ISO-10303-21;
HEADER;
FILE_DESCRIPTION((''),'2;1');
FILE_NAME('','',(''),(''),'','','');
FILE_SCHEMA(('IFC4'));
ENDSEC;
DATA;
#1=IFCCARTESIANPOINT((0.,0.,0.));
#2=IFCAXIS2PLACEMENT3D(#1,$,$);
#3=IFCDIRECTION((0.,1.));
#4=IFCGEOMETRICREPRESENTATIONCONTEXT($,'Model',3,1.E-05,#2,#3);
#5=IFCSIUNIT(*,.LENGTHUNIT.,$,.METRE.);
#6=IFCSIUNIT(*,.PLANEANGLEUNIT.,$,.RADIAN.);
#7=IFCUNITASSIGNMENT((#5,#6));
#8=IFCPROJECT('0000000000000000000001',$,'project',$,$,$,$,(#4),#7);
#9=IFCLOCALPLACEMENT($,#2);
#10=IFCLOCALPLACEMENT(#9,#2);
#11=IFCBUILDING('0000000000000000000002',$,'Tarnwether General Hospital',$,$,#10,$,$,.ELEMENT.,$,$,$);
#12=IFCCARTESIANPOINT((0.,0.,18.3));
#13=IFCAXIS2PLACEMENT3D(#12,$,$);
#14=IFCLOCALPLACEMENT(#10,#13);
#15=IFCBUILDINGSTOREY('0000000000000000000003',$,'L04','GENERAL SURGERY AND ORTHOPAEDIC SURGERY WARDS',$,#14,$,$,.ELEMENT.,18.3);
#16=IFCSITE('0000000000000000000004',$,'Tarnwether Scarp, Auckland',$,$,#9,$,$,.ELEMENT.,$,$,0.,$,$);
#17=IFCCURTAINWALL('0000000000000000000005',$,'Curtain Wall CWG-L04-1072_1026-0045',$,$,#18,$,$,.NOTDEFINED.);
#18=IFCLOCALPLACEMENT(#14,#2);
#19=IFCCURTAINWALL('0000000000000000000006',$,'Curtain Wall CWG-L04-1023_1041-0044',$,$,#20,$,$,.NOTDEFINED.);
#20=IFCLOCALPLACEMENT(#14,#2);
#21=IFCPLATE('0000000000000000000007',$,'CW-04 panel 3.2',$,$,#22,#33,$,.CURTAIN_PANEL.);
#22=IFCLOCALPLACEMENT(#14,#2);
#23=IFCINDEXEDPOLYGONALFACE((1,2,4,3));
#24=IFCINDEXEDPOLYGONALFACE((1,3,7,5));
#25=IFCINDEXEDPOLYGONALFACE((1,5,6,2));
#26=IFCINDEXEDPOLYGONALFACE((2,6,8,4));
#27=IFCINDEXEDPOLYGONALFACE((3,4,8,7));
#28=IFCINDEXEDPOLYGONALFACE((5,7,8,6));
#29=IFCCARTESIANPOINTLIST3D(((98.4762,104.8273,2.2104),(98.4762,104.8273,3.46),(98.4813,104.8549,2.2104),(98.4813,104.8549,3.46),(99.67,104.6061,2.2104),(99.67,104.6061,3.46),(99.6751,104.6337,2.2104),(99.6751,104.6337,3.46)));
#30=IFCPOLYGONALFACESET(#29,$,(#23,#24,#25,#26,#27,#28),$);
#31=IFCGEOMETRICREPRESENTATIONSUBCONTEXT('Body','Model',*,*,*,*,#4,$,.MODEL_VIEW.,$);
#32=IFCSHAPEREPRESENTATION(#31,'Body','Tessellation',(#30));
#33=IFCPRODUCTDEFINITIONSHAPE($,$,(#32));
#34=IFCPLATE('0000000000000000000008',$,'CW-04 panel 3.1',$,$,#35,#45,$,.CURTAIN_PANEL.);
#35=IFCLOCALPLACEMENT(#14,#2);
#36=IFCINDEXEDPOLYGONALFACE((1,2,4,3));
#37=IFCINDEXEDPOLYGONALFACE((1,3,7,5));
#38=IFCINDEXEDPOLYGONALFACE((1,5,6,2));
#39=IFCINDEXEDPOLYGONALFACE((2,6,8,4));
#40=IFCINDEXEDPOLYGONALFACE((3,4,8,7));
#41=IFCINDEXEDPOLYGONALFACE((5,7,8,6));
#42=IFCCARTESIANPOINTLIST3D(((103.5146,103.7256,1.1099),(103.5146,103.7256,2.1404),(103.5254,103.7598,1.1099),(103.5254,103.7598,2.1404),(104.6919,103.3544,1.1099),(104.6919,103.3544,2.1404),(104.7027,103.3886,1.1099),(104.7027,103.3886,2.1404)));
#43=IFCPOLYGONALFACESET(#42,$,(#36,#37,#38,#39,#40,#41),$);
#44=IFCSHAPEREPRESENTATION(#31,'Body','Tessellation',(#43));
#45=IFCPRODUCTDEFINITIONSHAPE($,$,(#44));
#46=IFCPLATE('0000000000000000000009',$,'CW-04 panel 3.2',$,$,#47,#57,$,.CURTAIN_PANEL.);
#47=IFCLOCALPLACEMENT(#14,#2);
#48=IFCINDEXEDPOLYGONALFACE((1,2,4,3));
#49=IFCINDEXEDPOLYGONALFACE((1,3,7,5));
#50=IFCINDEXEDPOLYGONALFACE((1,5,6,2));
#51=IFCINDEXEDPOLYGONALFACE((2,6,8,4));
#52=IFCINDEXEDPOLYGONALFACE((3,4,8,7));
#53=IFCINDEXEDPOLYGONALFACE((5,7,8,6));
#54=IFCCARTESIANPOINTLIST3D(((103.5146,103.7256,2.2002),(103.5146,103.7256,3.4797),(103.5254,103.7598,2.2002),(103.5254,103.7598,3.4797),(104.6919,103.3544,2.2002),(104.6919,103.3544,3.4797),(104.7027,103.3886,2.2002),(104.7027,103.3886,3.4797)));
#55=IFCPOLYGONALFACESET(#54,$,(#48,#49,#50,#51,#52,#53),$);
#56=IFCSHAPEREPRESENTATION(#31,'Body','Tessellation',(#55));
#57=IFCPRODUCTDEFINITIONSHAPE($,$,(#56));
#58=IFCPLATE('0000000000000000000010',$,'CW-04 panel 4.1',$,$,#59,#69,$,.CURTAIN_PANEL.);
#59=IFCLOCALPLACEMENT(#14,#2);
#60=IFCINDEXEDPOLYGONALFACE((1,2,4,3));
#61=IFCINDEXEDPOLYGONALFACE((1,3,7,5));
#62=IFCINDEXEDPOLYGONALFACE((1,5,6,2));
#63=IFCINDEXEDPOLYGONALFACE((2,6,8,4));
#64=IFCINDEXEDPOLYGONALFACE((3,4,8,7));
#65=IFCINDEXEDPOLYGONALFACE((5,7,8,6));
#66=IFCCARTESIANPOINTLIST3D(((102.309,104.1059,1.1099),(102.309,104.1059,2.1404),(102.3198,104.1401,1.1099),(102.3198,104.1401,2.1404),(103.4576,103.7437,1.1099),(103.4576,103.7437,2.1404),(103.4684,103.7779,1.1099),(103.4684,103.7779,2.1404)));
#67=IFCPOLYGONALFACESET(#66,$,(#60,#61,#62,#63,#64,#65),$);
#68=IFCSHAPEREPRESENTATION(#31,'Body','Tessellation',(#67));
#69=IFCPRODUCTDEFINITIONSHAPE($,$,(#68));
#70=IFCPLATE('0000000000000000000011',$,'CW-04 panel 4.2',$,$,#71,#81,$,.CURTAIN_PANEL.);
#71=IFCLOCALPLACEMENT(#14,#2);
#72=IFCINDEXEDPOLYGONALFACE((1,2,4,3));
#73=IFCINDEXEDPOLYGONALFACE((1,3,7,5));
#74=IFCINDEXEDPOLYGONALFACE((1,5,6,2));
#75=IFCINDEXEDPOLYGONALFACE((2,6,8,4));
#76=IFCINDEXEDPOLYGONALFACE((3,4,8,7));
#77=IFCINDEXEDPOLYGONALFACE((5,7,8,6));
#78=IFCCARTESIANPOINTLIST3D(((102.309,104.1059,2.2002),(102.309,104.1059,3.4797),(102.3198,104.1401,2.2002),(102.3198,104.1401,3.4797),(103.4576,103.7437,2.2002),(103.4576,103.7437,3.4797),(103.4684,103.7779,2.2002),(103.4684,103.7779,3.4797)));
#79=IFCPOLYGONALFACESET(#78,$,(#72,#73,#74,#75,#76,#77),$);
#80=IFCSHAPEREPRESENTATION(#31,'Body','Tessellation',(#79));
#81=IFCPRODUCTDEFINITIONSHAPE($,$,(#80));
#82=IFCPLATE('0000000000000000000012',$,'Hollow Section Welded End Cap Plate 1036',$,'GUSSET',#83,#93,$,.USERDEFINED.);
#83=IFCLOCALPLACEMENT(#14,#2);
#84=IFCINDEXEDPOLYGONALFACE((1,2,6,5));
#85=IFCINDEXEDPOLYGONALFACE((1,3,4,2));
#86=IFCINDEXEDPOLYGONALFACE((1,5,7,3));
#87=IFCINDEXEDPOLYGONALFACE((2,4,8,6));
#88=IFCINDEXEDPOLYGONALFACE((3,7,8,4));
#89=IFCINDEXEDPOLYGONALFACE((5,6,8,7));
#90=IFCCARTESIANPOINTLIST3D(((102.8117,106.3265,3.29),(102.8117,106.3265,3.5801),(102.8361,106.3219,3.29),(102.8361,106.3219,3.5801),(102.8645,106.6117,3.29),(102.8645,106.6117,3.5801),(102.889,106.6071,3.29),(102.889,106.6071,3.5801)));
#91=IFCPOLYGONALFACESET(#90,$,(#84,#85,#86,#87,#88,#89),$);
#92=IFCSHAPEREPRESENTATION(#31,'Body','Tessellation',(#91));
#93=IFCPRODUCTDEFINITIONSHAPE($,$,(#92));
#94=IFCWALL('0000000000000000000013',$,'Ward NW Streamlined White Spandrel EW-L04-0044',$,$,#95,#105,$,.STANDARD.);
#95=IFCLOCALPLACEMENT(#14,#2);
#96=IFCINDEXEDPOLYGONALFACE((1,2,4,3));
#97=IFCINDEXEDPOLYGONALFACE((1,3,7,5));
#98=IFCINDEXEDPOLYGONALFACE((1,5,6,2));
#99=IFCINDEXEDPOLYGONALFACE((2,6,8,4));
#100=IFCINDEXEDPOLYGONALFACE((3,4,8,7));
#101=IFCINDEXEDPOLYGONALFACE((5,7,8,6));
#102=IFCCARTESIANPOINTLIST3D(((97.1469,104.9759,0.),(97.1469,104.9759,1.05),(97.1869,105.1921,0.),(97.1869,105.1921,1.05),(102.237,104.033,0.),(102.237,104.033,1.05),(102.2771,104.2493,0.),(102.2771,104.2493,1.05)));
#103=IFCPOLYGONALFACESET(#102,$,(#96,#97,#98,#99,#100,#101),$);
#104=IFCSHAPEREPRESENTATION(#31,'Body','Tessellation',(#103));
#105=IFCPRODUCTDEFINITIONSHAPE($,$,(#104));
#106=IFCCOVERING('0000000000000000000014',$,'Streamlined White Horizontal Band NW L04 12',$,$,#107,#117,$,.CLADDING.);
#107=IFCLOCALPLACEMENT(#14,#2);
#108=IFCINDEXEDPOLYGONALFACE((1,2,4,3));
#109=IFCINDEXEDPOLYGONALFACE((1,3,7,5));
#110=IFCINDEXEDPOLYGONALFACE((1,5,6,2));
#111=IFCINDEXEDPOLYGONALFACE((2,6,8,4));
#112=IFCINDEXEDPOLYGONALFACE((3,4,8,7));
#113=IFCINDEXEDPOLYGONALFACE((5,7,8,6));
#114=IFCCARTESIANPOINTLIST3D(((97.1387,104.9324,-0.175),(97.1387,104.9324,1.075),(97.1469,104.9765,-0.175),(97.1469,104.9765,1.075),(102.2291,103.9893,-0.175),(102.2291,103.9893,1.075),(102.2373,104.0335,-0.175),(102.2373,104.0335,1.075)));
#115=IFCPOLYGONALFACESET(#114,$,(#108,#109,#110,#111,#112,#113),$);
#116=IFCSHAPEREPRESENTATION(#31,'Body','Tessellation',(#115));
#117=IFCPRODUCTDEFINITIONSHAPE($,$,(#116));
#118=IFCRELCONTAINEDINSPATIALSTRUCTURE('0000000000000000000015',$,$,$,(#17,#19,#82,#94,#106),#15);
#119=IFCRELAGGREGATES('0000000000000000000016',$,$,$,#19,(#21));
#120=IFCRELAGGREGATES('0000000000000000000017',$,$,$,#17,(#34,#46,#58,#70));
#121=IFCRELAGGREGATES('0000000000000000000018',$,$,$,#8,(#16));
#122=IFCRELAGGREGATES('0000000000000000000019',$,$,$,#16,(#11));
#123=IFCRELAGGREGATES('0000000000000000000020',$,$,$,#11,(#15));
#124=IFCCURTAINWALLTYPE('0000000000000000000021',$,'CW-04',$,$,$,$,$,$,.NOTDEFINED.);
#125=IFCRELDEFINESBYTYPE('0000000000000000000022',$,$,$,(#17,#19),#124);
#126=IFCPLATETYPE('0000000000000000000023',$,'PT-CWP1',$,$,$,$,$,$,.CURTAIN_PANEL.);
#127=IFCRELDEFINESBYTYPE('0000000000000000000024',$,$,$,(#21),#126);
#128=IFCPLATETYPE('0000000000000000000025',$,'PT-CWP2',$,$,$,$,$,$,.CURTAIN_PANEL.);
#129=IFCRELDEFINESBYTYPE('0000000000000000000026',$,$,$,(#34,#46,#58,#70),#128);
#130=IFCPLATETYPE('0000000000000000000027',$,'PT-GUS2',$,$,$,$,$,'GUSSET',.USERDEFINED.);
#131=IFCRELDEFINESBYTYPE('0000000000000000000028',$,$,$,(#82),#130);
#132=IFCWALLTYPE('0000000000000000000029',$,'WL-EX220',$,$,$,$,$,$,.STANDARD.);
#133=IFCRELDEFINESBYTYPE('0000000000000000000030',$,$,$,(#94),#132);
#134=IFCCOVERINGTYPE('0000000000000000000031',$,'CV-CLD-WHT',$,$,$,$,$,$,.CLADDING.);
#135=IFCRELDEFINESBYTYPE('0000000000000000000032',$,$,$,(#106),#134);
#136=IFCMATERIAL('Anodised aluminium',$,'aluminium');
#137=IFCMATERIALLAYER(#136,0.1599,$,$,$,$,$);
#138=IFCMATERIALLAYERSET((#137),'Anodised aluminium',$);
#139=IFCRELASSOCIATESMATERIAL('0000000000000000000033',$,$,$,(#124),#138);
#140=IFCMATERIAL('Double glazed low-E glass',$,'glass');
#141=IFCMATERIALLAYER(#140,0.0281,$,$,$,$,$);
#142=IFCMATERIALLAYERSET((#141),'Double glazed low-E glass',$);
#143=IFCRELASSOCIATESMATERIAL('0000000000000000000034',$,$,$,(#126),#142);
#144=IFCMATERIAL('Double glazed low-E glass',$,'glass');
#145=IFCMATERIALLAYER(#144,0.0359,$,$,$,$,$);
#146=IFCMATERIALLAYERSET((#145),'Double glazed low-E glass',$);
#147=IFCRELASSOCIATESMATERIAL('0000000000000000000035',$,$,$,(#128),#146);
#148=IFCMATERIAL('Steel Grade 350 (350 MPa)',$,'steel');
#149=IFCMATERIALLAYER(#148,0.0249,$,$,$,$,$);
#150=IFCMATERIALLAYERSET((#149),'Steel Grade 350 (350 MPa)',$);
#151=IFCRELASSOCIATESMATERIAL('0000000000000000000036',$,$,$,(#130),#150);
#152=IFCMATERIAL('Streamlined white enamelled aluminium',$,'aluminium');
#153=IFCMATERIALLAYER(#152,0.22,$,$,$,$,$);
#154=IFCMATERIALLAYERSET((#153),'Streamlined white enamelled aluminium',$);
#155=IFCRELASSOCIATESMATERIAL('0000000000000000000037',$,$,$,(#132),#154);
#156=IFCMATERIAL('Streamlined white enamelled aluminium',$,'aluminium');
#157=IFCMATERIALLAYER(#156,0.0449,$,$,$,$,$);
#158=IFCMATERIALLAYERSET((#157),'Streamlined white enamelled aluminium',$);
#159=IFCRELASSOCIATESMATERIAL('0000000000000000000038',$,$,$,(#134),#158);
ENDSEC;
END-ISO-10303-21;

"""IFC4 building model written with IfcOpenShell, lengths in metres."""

from ifc_helpers import new_model, si_unit, direction, frame, frame_2d, origin, origin_2d, place, context, subcontext, project, spatial, rectangle, extrude, material, layer, layer_set, type_object, element, aggregate, save


model = new_model("IFC4")

# Units and contexts
model_context = context("Model", 3, precision=1e-05, world=origin(), true_north=direction((0.0, 1.0)))
body_context = subcontext(model_context, "Body", "Model", "MODEL_VIEW")
ifc_project = project(units=[si_unit("LENGTHUNIT", "METRE"), si_unit("PLANEANGLEUNIT", "RADIAN")], contexts=[model_context])

# Site, building, storey
site_placement = place(None, origin())
site = spatial("IfcSite", under=ifc_project, at=site_placement, Name="Tarnwether Scarp, Auckland", CompositionType="ELEMENT", RefElevation=0.0)
building_placement = place(site_placement, origin())
building = spatial("IfcBuilding", under=site, at=building_placement, Name="Tarnwether General Hospital", CompositionType="ELEMENT")
storey_placement = place(building_placement, frame((0.0, 0.0, 18.3)))
storey = spatial("IfcBuildingStorey", under=building, at=storey_placement, Name="L04", Description="GENERAL SURGERY AND ORTHOPAEDIC SURGERY WARDS", CompositionType="ELEMENT", Elevation=18.3)

# Curtain walls
ifc_material_1 = material(Name="Anodised aluminium", Category="aluminium")
ifc_layer_1 = layer(ifc_material_1, 0.1599)
ifc_layer_set_1 = layer_set([ifc_layer_1], Name="Anodised aluminium")
curtain_wall_type = type_object("IfcCurtainWallType", Name="CW-04", PredefinedType="NOTDEFINED", material=ifc_layer_set_1)
curtain_wall_1_placement = place(storey_placement, origin())
curtain_wall_1 = element("IfcCurtainWall", 1, at=curtain_wall_1_placement, inside=storey, type_object=curtain_wall_type, Name="Curtain Wall CWG-L04-1072_1026-0045", PredefinedType="NOTDEFINED")
curtain_wall_2_placement = place(storey_placement, origin())
curtain_wall_2 = element("IfcCurtainWall", 2, at=curtain_wall_2_placement, inside=storey, type_object=curtain_wall_type, Name="Curtain Wall CWG-L04-1023_1041-0044", PredefinedType="NOTDEFINED")

# Plates
ifc_material_2 = material(Name="Double glazed low-E glass", Category="glass")
ifc_layer_2 = layer(ifc_material_2, 0.0281)
ifc_layer_set_2 = layer_set([ifc_layer_2], Name="Double glazed low-E glass")
plate_type_1 = type_object("IfcPlateType", Name="PT-CWP1", PredefinedType="CURTAIN_PANEL", material=ifc_layer_set_2)
plate_1_placement = place(storey_placement, frame((99.0757, 104.7305, 2.2104), z_axis=(0.0, 0.0, 1.0), x_axis=(-0.983268, 0.182165, 0.0)))
plate_1 = element("IfcPlate", 3, at=plate_1_placement, type_object=plate_type_1, Name="CW-04 panel 3.2", PredefinedType="CURTAIN_PANEL", context=body_context, shape_type="SweptSolid", body=[
    extrude(rectangle(XDim=1.2141, YDim=0.0281, at=origin_2d()), origin(), (0.0, 0.0, 1.0), 1.2495),
])
aggregate(curtain_wall_2, [plate_1])
ifc_material_3 = material(Name="Double glazed low-E glass", Category="glass")
ifc_layer_3 = layer(ifc_material_3, 0.0359)
ifc_layer_set_3 = layer_set([ifc_layer_3], Name="Double glazed low-E glass")
plate_type_2 = type_object("IfcPlateType", Name="PT-CWP2", PredefinedType="CURTAIN_PANEL", material=ifc_layer_set_3)
plate_2_placement = place(storey_placement, frame((104.1086, 103.5571, 1.1099), z_axis=(0.0, 0.0, 1.0), x_axis=(-0.953714, 0.300715, 0.0)))
plate_2 = element("IfcPlate", 4, at=plate_2_placement, type_object=plate_type_2, Name="CW-04 panel 3.1", PredefinedType="CURTAIN_PANEL", context=body_context, shape_type="SweptSolid", body=[
    extrude(rectangle(XDim=1.2344, YDim=0.0359, at=origin_2d()), origin(), (0.0, 0.0, 1.0), 1.0305),
])
plate_3_placement = place(storey_placement, frame((104.1086, 103.5571, 2.2002), z_axis=(0.0, 0.0, 1.0), x_axis=(-0.953714, 0.300715, 0.0)))
plate_3 = element("IfcPlate", 5, at=plate_3_placement, type_object=plate_type_2, Name="CW-04 panel 3.2", PredefinedType="CURTAIN_PANEL", context=body_context, shape_type="SweptSolid", body=[
    extrude(rectangle(XDim=1.2344, YDim=0.0359, at=origin_2d()), origin(), (0.0, 0.0, 1.0), 1.2795),
])
plate_4_placement = place(storey_placement, frame((102.8887, 103.9419, 1.1099), z_axis=(0.0, 0.0, 1.0), x_axis=(-0.953714, 0.300715, 0.0)))
plate_4 = element("IfcPlate", 6, at=plate_4_placement, type_object=plate_type_2, Name="CW-04 panel 4.1", PredefinedType="CURTAIN_PANEL", context=body_context, shape_type="SweptSolid", body=[
    extrude(rectangle(XDim=1.2043, YDim=0.0359, at=origin_2d()), origin(), (0.0, 0.0, 1.0), 1.0305),
])
plate_5_placement = place(storey_placement, frame((102.8887, 103.9419, 2.2002), z_axis=(0.0, 0.0, 1.0), x_axis=(-0.953714, 0.300715, 0.0)))
plate_5 = element("IfcPlate", 7, at=plate_5_placement, type_object=plate_type_2, Name="CW-04 panel 4.2", PredefinedType="CURTAIN_PANEL", context=body_context, shape_type="SweptSolid", body=[
    extrude(rectangle(XDim=1.2043, YDim=0.0359, at=origin_2d()), origin(), (0.0, 0.0, 1.0), 1.2795),
])
aggregate(curtain_wall_1, [plate_2, plate_3, plate_4, plate_5])
ifc_material_4 = material(Name="Steel Grade 350 (350 MPa)", Category="steel")
ifc_layer_4 = layer(ifc_material_4, 0.0249)
ifc_layer_set_4 = layer_set([ifc_layer_4], Name="Steel Grade 350 (350 MPa)")
plate_type_3 = type_object("IfcPlateType", Name="PT-GUS2", ElementType="GUSSET", PredefinedType="USERDEFINED", material=ifc_layer_set_4)
plate_6_placement = place(storey_placement, frame((102.8503, 106.4668, 3.29), z_axis=(0.0, 0.0, 1.0), x_axis=(0.983245, -0.182287, 0.0)))
element("IfcPlate", 8, at=plate_6_placement, inside=storey, type_object=plate_type_3, Name="Hollow Section Welded End Cap Plate 1036", ObjectType="GUSSET", PredefinedType="USERDEFINED", context=body_context, shape_type="SweptSolid", body=[
    extrude(rectangle(XDim=0.0249, YDim=0.29, at=origin_2d()), origin(), (0.0, 0.0, 1.0), 0.29),
])

# Wall
ifc_material_5 = material(Name="Streamlined white enamelled aluminium", Category="aluminium")
ifc_layer_5 = layer(ifc_material_5, 0.22)
ifc_layer_set_5 = layer_set([ifc_layer_5], Name="Streamlined white enamelled aluminium")
wall_type_1 = type_object("IfcWallType", Name="WL-EX220", PredefinedType="STANDARD", material=ifc_layer_set_5)
wall_1_placement = place(storey_placement, frame((102.2571, 104.1411, 0.0), z_axis=(0.0, 0.0, 1.0), x_axis=(-0.983273, 0.182138, 0.0)))
element("IfcWall", 9, at=wall_1_placement, inside=storey, type_object=wall_type_1, Name="Ward NW Streamlined White Spandrel EW-L04-0044", PredefinedType="STANDARD", context=body_context, shape_type="SweptSolid", body=[
    extrude(rectangle(XDim=5.1768, YDim=0.22, at=frame_2d((2.5884, 0.0))), origin(), (0.0, 0.0, 1.0), 1.05),
])

# Covering
ifc_material_6 = material(Name="Streamlined white enamelled aluminium", Category="aluminium")
ifc_layer_6 = layer(ifc_material_6, 0.0449)
ifc_layer_set_6 = layer_set([ifc_layer_6], Name="Streamlined white enamelled aluminium")
covering_type = type_object("IfcCoveringType", Name="CV-CLD-WHT", PredefinedType="CLADDING", material=ifc_layer_set_6)
covering_placement = place(storey_placement, frame((99.688, 104.4829, -0.175), z_axis=(0.0, 0.0, 1.0), x_axis=(-0.983268, 0.182167, 0.0)))
element("IfcCovering", 10, at=covering_placement, inside=storey, type_object=covering_type, Name="Streamlined White Horizontal Band NW L04 12", PredefinedType="CLADDING", context=body_context, shape_type="SweptSolid", body=[
    extrude(rectangle(XDim=5.177, YDim=0.0449, at=origin_2d()), origin(), (0.0, 0.0, 1.0), 1.25),
])

save(model, "model.ifc")
